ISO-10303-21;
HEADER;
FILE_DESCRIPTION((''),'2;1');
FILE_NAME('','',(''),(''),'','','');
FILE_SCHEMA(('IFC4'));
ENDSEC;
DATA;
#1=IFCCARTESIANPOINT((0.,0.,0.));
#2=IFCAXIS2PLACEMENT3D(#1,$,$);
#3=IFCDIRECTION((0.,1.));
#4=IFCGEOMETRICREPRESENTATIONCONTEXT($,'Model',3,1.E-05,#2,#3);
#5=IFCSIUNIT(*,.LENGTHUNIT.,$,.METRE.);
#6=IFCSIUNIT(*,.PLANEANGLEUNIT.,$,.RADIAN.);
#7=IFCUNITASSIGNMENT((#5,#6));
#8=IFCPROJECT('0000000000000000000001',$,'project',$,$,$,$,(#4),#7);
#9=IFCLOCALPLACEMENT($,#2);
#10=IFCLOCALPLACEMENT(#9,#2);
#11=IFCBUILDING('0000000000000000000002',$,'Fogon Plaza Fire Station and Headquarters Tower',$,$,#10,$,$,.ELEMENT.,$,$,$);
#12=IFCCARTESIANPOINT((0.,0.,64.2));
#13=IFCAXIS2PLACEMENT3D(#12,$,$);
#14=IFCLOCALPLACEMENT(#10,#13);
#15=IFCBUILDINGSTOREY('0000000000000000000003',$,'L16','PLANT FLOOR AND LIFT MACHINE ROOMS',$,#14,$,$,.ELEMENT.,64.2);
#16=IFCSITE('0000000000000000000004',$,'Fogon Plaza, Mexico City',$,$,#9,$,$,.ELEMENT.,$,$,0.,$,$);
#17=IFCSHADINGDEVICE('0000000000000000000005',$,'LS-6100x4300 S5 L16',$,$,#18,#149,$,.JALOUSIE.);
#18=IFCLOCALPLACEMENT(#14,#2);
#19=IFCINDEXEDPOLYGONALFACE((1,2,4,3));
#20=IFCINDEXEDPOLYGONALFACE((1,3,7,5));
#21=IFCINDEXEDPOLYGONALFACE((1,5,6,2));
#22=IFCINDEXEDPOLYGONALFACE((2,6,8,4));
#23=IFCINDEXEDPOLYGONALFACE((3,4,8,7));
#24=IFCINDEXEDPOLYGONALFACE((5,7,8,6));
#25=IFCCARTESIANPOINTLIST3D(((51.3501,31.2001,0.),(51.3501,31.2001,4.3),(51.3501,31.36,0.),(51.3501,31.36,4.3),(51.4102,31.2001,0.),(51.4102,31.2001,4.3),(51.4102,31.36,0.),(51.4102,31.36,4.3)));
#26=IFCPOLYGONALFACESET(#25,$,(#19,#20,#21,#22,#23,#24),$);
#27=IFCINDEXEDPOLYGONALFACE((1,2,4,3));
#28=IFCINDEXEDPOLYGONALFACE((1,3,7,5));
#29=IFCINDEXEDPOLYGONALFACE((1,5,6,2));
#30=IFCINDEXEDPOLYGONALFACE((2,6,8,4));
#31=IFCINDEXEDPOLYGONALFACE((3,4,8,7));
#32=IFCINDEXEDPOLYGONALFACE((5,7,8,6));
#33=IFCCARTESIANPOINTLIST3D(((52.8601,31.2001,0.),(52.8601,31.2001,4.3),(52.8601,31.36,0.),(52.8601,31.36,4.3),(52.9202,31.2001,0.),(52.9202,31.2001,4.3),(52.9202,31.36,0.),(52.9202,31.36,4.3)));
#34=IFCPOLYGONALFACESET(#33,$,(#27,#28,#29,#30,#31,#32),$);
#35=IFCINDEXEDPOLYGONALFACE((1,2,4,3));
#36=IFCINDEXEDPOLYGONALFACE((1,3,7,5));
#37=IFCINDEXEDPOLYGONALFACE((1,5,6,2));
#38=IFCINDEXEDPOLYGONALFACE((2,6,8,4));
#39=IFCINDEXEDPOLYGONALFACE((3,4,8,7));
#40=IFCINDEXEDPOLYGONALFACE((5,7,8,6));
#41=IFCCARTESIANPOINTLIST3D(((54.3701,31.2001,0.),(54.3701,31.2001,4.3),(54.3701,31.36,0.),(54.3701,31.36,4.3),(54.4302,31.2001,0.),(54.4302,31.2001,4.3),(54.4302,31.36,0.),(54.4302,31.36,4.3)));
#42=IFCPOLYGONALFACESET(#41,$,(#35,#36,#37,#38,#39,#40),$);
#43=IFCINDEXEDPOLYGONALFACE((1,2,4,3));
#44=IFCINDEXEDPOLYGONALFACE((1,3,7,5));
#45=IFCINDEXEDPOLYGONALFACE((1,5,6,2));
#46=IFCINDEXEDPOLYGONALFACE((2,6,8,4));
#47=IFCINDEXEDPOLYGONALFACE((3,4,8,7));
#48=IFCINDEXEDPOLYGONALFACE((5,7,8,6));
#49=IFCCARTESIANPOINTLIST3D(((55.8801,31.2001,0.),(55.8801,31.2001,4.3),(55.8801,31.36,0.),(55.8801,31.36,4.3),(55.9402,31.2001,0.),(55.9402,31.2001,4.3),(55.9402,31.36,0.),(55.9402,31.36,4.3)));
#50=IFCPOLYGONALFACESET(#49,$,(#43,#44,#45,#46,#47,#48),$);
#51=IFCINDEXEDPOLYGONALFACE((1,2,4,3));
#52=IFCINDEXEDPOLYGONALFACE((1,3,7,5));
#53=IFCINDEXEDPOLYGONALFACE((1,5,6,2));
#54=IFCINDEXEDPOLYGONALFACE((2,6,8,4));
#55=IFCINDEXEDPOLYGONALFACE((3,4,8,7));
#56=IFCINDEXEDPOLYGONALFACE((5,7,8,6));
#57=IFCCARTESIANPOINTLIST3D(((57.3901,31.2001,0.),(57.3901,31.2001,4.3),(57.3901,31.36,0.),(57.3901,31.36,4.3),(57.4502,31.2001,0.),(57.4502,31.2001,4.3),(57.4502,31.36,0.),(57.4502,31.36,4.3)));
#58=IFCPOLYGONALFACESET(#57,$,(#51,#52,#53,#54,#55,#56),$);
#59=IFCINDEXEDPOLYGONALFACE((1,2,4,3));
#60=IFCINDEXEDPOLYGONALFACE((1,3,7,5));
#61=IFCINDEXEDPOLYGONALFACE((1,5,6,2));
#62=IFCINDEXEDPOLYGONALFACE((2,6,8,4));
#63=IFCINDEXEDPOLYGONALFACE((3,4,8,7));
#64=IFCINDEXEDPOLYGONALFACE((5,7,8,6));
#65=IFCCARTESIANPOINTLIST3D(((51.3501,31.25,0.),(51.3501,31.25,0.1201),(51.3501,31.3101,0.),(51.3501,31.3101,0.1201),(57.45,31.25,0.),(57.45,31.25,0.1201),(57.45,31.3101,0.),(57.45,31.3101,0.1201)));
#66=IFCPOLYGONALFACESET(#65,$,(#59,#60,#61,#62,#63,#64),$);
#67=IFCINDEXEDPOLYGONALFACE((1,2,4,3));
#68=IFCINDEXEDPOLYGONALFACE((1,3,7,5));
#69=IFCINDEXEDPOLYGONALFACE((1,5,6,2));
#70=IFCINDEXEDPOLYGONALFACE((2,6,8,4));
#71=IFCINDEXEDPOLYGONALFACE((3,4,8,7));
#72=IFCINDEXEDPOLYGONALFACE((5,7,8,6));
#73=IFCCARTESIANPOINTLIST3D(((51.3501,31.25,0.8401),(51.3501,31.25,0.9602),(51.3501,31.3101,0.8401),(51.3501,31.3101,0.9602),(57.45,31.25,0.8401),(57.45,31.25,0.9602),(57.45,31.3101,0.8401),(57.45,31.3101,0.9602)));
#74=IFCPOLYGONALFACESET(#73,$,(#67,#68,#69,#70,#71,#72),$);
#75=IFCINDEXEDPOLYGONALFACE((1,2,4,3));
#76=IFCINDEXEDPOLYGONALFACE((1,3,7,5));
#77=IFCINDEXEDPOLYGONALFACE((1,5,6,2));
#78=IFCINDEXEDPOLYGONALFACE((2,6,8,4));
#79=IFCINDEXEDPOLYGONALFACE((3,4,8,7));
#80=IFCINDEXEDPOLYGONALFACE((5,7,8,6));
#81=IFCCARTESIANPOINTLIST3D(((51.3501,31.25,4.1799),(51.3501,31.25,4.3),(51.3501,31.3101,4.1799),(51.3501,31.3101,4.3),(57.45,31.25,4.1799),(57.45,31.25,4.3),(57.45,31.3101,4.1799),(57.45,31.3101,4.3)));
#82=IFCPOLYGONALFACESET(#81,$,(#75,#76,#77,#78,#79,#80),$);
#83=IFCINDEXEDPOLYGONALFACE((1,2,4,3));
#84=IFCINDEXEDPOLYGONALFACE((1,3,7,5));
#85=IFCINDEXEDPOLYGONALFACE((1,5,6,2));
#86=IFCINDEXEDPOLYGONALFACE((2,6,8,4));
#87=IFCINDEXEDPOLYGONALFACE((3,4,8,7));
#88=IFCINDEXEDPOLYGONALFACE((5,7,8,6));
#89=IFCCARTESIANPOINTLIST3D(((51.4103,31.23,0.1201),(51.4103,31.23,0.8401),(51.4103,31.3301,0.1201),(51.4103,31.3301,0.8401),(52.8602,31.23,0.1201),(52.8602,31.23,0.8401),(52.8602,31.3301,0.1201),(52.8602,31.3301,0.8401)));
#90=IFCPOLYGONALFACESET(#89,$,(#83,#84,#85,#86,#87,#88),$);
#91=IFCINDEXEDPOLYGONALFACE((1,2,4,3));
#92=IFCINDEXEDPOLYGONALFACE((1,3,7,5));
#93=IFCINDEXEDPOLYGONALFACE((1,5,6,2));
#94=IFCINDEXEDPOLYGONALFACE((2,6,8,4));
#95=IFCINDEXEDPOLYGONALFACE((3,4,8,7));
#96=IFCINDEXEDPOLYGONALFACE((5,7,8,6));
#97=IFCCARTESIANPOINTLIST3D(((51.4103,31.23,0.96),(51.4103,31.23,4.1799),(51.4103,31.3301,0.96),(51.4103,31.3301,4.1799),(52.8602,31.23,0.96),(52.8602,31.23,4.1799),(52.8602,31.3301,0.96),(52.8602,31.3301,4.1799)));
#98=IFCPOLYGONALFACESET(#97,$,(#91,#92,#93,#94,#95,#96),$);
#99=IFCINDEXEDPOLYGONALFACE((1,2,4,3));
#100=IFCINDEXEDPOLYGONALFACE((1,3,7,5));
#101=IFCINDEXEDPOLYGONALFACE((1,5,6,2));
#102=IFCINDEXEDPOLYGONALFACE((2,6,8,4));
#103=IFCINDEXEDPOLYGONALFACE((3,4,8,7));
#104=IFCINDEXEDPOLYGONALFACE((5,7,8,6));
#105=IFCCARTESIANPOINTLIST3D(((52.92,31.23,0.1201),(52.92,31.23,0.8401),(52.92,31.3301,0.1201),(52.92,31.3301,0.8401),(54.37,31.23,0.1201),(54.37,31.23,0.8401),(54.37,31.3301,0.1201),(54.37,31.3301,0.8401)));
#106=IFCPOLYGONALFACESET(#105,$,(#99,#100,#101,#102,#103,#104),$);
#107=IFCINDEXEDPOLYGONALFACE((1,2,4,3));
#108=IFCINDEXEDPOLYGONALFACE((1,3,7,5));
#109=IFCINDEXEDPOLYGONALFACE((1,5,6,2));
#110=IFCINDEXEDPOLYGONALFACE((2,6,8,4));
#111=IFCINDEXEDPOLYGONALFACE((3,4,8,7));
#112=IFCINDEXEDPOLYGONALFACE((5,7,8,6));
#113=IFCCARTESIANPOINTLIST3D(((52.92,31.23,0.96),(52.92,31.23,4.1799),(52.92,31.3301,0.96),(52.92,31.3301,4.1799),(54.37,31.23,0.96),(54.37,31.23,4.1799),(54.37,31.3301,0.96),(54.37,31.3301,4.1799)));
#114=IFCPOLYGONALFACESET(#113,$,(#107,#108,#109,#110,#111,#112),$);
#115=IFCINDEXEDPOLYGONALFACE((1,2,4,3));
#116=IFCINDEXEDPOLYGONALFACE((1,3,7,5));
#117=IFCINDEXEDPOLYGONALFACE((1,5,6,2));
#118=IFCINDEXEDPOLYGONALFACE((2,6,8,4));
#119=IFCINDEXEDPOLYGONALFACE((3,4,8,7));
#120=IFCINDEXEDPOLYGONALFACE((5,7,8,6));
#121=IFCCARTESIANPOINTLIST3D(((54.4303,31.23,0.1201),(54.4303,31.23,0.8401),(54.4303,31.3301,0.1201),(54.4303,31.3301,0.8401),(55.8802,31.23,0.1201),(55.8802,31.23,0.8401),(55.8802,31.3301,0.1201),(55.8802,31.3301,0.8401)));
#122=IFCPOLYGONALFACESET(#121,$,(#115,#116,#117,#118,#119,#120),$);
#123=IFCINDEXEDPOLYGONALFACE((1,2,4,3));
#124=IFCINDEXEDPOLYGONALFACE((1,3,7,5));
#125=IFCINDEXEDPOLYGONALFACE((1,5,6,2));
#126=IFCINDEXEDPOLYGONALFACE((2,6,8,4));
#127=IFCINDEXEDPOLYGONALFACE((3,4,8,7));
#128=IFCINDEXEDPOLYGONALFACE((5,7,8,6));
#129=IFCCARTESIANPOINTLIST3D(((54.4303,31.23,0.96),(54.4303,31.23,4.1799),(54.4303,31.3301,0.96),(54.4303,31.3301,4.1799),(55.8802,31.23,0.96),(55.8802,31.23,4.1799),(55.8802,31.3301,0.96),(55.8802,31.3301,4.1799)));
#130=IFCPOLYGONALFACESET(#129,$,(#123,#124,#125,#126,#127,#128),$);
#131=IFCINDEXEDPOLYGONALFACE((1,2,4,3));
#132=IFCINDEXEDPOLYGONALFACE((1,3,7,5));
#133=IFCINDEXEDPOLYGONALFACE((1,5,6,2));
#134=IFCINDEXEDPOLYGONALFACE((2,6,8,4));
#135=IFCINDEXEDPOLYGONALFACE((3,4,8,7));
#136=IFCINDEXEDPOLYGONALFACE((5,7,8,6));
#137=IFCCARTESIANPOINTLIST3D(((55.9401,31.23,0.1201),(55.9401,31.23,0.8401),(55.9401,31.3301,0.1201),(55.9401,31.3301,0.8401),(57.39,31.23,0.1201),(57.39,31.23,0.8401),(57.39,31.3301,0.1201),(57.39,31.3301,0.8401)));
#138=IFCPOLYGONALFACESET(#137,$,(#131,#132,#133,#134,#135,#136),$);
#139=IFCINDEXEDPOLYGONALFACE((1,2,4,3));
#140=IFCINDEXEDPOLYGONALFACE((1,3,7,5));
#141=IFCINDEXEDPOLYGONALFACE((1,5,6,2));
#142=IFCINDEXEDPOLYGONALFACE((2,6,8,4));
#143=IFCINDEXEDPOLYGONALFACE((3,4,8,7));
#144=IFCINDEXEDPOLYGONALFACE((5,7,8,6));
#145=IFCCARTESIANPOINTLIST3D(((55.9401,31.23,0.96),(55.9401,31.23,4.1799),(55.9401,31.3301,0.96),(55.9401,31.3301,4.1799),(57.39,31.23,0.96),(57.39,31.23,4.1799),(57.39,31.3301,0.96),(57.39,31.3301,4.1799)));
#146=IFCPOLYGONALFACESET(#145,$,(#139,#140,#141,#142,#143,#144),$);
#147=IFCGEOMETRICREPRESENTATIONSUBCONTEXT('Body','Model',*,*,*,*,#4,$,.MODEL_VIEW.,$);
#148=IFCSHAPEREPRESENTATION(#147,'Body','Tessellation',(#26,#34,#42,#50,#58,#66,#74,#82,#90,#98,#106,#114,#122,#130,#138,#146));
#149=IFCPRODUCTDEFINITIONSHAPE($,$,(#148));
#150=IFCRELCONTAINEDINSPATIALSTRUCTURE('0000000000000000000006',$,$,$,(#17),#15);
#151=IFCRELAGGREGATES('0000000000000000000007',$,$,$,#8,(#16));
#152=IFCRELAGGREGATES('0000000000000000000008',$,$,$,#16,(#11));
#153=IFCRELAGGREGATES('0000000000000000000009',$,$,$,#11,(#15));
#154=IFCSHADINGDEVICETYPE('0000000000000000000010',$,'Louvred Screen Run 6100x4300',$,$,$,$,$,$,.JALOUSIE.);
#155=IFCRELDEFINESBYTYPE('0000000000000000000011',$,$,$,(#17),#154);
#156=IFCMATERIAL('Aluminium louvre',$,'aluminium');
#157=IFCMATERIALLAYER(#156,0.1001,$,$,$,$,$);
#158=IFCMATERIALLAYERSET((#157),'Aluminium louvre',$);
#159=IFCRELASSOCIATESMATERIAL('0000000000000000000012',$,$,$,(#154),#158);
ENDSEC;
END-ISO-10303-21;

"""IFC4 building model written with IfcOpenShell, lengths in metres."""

from ifc_helpers import new_model, si_unit, direction, frame, origin, origin_2d, place, context, subcontext, project, spatial, rectangle, extrude, material, layer, layer_set, type_object, element, save


model = new_model("IFC4")

# Units and contexts
model_context = context("Model", 3, precision=1e-05, world=origin(), true_north=direction((0.0, 1.0)))
body_context = subcontext(model_context, "Body", "Model", "MODEL_VIEW")
ifc_project = project(units=[si_unit("LENGTHUNIT", "METRE"), si_unit("PLANEANGLEUNIT", "RADIAN")], contexts=[model_context])

# Site, building, storey
site_placement = place(None, origin())
site = spatial("IfcSite", under=ifc_project, at=site_placement, Name="Fogon Plaza, Mexico City", CompositionType="ELEMENT", RefElevation=0.0)
building_placement = place(site_placement, origin())
building = spatial("IfcBuilding", under=site, at=building_placement, Name="Fogon Plaza Fire Station and Headquarters Tower", CompositionType="ELEMENT")
storey_placement = place(building_placement, frame((0.0, 0.0, 64.2)))
storey = spatial("IfcBuildingStorey", under=building, at=storey_placement, Name="L16", Description="PLANT FLOOR AND LIFT MACHINE ROOMS", CompositionType="ELEMENT", Elevation=64.2)

# Shading device
ifc_material_1 = material(Name="Aluminium louvre", Category="aluminium")
ifc_layer_1 = layer(ifc_material_1, 0.1001)
ifc_layer_set_1 = layer_set([ifc_layer_1], Name="Aluminium louvre")
shading_device_type = type_object("IfcShadingDeviceType", Name="Louvred Screen Run 6100x4300", PredefinedType="JALOUSIE", material=ifc_layer_set_1)
shading_device_1_placement = place(storey_placement, frame((51.3501, 31.28, 0.0), z_axis=(0.0, 0.0, 1.0), x_axis=(1.0, 0.0, 0.0)))
element("IfcShadingDevice", 1, at=shading_device_1_placement, inside=storey, type_object=shading_device_type, Name="LS-6100x4300 S5 L16", PredefinedType="JALOUSIE", context=body_context, shape_type="SweptSolid", body=[
    extrude(rectangle(XDim=0.0601, YDim=0.1599, at=origin_2d()), frame((0.03, 0.0, 0.0), z_axis=(0.0, 0.0, 1.0), x_axis=(1.0, 0.0, 0.0)), (0.0, 0.0, 1.0), 4.3),
    extrude(rectangle(XDim=0.0601, YDim=0.1599, at=origin_2d()), frame((1.54, 0.0, 0.0), z_axis=(0.0, 0.0, 1.0), x_axis=(1.0, 0.0, 0.0)), (0.0, 0.0, 1.0), 4.3),
    extrude(rectangle(XDim=0.0601, YDim=0.1599, at=origin_2d()), frame((3.05, 0.0, 0.0), z_axis=(0.0, 0.0, 1.0), x_axis=(1.0, 0.0, 0.0)), (0.0, 0.0, 1.0), 4.3),
    extrude(rectangle(XDim=0.0601, YDim=0.1599, at=origin_2d()), frame((4.5601, 0.0, 0.0), z_axis=(0.0, 0.0, 1.0), x_axis=(1.0, 0.0, 0.0)), (0.0, 0.0, 1.0), 4.3),
    extrude(rectangle(XDim=0.0601, YDim=0.1599, at=origin_2d()), frame((6.0701, 0.0, 0.0), z_axis=(0.0, 0.0, 1.0), x_axis=(1.0, 0.0, 0.0)), (0.0, 0.0, 1.0), 4.3),
    extrude(rectangle(XDim=0.1201, YDim=0.0601, at=origin_2d()), frame((0.0, 0.0, 0.0601), z_axis=(1.0, 0.0, 0.0), x_axis=(0.0, 0.0, 1.0)), (0.0, 0.0, 1.0), 6.0999),
    extrude(rectangle(XDim=0.1201, YDim=0.0601, at=origin_2d()), frame((0.0, 0.0, 0.9001), z_axis=(1.0, 0.0, 0.0), x_axis=(0.0, 0.0, 1.0)), (0.0, 0.0, 1.0), 6.0999),
    extrude(rectangle(XDim=0.1201, YDim=0.0601, at=origin_2d()), frame((0.0, 0.0, 4.24), z_axis=(1.0, 0.0, 0.0), x_axis=(0.0, 0.0, 1.0)), (0.0, 0.0, 1.0), 6.0999),
    extrude(rectangle(XDim=1.45, YDim=0.1001, at=origin_2d()), frame((0.7852, 0.0, 0.1201), z_axis=(0.0, 0.0, 1.0), x_axis=(1.0, 0.0, 0.0)), (0.0, 0.0, 1.0), 0.72),
    extrude(rectangle(XDim=1.45, YDim=0.1001, at=origin_2d()), frame((0.7852, 0.0, 0.96), z_axis=(0.0, 0.0, 1.0), x_axis=(1.0, 0.0, 0.0)), (0.0, 0.0, 1.0), 3.22),
    extrude(rectangle(XDim=1.45, YDim=0.1001, at=origin_2d()), frame((2.2949, 0.0, 0.1201), z_axis=(0.0, 0.0, 1.0), x_axis=(1.0, 0.0, 0.0)), (0.0, 0.0, 1.0), 0.72),
    extrude(rectangle(XDim=1.45, YDim=0.1001, at=origin_2d()), frame((2.2949, 0.0, 0.96), z_axis=(0.0, 0.0, 1.0), x_axis=(1.0, 0.0, 0.0)), (0.0, 0.0, 1.0), 3.22),
    extrude(rectangle(XDim=1.45, YDim=0.1001, at=origin_2d()), frame((3.8052, 0.0, 0.1201), z_axis=(0.0, 0.0, 1.0), x_axis=(1.0, 0.0, 0.0)), (0.0, 0.0, 1.0), 0.72),
    extrude(rectangle(XDim=1.45, YDim=0.1001, at=origin_2d()), frame((3.8052, 0.0, 0.96), z_axis=(0.0, 0.0, 1.0), x_axis=(1.0, 0.0, 0.0)), (0.0, 0.0, 1.0), 3.22),
    extrude(rectangle(XDim=1.45, YDim=0.1001, at=origin_2d()), frame((5.3149, 0.0, 0.1201), z_axis=(0.0, 0.0, 1.0), x_axis=(1.0, 0.0, 0.0)), (0.0, 0.0, 1.0), 0.72),
    extrude(rectangle(XDim=1.45, YDim=0.1001, at=origin_2d()), frame((5.3149, 0.0, 0.96), z_axis=(0.0, 0.0, 1.0), x_axis=(1.0, 0.0, 0.0)), (0.0, 0.0, 1.0), 3.22),
])

save(model, "model.ifc")
